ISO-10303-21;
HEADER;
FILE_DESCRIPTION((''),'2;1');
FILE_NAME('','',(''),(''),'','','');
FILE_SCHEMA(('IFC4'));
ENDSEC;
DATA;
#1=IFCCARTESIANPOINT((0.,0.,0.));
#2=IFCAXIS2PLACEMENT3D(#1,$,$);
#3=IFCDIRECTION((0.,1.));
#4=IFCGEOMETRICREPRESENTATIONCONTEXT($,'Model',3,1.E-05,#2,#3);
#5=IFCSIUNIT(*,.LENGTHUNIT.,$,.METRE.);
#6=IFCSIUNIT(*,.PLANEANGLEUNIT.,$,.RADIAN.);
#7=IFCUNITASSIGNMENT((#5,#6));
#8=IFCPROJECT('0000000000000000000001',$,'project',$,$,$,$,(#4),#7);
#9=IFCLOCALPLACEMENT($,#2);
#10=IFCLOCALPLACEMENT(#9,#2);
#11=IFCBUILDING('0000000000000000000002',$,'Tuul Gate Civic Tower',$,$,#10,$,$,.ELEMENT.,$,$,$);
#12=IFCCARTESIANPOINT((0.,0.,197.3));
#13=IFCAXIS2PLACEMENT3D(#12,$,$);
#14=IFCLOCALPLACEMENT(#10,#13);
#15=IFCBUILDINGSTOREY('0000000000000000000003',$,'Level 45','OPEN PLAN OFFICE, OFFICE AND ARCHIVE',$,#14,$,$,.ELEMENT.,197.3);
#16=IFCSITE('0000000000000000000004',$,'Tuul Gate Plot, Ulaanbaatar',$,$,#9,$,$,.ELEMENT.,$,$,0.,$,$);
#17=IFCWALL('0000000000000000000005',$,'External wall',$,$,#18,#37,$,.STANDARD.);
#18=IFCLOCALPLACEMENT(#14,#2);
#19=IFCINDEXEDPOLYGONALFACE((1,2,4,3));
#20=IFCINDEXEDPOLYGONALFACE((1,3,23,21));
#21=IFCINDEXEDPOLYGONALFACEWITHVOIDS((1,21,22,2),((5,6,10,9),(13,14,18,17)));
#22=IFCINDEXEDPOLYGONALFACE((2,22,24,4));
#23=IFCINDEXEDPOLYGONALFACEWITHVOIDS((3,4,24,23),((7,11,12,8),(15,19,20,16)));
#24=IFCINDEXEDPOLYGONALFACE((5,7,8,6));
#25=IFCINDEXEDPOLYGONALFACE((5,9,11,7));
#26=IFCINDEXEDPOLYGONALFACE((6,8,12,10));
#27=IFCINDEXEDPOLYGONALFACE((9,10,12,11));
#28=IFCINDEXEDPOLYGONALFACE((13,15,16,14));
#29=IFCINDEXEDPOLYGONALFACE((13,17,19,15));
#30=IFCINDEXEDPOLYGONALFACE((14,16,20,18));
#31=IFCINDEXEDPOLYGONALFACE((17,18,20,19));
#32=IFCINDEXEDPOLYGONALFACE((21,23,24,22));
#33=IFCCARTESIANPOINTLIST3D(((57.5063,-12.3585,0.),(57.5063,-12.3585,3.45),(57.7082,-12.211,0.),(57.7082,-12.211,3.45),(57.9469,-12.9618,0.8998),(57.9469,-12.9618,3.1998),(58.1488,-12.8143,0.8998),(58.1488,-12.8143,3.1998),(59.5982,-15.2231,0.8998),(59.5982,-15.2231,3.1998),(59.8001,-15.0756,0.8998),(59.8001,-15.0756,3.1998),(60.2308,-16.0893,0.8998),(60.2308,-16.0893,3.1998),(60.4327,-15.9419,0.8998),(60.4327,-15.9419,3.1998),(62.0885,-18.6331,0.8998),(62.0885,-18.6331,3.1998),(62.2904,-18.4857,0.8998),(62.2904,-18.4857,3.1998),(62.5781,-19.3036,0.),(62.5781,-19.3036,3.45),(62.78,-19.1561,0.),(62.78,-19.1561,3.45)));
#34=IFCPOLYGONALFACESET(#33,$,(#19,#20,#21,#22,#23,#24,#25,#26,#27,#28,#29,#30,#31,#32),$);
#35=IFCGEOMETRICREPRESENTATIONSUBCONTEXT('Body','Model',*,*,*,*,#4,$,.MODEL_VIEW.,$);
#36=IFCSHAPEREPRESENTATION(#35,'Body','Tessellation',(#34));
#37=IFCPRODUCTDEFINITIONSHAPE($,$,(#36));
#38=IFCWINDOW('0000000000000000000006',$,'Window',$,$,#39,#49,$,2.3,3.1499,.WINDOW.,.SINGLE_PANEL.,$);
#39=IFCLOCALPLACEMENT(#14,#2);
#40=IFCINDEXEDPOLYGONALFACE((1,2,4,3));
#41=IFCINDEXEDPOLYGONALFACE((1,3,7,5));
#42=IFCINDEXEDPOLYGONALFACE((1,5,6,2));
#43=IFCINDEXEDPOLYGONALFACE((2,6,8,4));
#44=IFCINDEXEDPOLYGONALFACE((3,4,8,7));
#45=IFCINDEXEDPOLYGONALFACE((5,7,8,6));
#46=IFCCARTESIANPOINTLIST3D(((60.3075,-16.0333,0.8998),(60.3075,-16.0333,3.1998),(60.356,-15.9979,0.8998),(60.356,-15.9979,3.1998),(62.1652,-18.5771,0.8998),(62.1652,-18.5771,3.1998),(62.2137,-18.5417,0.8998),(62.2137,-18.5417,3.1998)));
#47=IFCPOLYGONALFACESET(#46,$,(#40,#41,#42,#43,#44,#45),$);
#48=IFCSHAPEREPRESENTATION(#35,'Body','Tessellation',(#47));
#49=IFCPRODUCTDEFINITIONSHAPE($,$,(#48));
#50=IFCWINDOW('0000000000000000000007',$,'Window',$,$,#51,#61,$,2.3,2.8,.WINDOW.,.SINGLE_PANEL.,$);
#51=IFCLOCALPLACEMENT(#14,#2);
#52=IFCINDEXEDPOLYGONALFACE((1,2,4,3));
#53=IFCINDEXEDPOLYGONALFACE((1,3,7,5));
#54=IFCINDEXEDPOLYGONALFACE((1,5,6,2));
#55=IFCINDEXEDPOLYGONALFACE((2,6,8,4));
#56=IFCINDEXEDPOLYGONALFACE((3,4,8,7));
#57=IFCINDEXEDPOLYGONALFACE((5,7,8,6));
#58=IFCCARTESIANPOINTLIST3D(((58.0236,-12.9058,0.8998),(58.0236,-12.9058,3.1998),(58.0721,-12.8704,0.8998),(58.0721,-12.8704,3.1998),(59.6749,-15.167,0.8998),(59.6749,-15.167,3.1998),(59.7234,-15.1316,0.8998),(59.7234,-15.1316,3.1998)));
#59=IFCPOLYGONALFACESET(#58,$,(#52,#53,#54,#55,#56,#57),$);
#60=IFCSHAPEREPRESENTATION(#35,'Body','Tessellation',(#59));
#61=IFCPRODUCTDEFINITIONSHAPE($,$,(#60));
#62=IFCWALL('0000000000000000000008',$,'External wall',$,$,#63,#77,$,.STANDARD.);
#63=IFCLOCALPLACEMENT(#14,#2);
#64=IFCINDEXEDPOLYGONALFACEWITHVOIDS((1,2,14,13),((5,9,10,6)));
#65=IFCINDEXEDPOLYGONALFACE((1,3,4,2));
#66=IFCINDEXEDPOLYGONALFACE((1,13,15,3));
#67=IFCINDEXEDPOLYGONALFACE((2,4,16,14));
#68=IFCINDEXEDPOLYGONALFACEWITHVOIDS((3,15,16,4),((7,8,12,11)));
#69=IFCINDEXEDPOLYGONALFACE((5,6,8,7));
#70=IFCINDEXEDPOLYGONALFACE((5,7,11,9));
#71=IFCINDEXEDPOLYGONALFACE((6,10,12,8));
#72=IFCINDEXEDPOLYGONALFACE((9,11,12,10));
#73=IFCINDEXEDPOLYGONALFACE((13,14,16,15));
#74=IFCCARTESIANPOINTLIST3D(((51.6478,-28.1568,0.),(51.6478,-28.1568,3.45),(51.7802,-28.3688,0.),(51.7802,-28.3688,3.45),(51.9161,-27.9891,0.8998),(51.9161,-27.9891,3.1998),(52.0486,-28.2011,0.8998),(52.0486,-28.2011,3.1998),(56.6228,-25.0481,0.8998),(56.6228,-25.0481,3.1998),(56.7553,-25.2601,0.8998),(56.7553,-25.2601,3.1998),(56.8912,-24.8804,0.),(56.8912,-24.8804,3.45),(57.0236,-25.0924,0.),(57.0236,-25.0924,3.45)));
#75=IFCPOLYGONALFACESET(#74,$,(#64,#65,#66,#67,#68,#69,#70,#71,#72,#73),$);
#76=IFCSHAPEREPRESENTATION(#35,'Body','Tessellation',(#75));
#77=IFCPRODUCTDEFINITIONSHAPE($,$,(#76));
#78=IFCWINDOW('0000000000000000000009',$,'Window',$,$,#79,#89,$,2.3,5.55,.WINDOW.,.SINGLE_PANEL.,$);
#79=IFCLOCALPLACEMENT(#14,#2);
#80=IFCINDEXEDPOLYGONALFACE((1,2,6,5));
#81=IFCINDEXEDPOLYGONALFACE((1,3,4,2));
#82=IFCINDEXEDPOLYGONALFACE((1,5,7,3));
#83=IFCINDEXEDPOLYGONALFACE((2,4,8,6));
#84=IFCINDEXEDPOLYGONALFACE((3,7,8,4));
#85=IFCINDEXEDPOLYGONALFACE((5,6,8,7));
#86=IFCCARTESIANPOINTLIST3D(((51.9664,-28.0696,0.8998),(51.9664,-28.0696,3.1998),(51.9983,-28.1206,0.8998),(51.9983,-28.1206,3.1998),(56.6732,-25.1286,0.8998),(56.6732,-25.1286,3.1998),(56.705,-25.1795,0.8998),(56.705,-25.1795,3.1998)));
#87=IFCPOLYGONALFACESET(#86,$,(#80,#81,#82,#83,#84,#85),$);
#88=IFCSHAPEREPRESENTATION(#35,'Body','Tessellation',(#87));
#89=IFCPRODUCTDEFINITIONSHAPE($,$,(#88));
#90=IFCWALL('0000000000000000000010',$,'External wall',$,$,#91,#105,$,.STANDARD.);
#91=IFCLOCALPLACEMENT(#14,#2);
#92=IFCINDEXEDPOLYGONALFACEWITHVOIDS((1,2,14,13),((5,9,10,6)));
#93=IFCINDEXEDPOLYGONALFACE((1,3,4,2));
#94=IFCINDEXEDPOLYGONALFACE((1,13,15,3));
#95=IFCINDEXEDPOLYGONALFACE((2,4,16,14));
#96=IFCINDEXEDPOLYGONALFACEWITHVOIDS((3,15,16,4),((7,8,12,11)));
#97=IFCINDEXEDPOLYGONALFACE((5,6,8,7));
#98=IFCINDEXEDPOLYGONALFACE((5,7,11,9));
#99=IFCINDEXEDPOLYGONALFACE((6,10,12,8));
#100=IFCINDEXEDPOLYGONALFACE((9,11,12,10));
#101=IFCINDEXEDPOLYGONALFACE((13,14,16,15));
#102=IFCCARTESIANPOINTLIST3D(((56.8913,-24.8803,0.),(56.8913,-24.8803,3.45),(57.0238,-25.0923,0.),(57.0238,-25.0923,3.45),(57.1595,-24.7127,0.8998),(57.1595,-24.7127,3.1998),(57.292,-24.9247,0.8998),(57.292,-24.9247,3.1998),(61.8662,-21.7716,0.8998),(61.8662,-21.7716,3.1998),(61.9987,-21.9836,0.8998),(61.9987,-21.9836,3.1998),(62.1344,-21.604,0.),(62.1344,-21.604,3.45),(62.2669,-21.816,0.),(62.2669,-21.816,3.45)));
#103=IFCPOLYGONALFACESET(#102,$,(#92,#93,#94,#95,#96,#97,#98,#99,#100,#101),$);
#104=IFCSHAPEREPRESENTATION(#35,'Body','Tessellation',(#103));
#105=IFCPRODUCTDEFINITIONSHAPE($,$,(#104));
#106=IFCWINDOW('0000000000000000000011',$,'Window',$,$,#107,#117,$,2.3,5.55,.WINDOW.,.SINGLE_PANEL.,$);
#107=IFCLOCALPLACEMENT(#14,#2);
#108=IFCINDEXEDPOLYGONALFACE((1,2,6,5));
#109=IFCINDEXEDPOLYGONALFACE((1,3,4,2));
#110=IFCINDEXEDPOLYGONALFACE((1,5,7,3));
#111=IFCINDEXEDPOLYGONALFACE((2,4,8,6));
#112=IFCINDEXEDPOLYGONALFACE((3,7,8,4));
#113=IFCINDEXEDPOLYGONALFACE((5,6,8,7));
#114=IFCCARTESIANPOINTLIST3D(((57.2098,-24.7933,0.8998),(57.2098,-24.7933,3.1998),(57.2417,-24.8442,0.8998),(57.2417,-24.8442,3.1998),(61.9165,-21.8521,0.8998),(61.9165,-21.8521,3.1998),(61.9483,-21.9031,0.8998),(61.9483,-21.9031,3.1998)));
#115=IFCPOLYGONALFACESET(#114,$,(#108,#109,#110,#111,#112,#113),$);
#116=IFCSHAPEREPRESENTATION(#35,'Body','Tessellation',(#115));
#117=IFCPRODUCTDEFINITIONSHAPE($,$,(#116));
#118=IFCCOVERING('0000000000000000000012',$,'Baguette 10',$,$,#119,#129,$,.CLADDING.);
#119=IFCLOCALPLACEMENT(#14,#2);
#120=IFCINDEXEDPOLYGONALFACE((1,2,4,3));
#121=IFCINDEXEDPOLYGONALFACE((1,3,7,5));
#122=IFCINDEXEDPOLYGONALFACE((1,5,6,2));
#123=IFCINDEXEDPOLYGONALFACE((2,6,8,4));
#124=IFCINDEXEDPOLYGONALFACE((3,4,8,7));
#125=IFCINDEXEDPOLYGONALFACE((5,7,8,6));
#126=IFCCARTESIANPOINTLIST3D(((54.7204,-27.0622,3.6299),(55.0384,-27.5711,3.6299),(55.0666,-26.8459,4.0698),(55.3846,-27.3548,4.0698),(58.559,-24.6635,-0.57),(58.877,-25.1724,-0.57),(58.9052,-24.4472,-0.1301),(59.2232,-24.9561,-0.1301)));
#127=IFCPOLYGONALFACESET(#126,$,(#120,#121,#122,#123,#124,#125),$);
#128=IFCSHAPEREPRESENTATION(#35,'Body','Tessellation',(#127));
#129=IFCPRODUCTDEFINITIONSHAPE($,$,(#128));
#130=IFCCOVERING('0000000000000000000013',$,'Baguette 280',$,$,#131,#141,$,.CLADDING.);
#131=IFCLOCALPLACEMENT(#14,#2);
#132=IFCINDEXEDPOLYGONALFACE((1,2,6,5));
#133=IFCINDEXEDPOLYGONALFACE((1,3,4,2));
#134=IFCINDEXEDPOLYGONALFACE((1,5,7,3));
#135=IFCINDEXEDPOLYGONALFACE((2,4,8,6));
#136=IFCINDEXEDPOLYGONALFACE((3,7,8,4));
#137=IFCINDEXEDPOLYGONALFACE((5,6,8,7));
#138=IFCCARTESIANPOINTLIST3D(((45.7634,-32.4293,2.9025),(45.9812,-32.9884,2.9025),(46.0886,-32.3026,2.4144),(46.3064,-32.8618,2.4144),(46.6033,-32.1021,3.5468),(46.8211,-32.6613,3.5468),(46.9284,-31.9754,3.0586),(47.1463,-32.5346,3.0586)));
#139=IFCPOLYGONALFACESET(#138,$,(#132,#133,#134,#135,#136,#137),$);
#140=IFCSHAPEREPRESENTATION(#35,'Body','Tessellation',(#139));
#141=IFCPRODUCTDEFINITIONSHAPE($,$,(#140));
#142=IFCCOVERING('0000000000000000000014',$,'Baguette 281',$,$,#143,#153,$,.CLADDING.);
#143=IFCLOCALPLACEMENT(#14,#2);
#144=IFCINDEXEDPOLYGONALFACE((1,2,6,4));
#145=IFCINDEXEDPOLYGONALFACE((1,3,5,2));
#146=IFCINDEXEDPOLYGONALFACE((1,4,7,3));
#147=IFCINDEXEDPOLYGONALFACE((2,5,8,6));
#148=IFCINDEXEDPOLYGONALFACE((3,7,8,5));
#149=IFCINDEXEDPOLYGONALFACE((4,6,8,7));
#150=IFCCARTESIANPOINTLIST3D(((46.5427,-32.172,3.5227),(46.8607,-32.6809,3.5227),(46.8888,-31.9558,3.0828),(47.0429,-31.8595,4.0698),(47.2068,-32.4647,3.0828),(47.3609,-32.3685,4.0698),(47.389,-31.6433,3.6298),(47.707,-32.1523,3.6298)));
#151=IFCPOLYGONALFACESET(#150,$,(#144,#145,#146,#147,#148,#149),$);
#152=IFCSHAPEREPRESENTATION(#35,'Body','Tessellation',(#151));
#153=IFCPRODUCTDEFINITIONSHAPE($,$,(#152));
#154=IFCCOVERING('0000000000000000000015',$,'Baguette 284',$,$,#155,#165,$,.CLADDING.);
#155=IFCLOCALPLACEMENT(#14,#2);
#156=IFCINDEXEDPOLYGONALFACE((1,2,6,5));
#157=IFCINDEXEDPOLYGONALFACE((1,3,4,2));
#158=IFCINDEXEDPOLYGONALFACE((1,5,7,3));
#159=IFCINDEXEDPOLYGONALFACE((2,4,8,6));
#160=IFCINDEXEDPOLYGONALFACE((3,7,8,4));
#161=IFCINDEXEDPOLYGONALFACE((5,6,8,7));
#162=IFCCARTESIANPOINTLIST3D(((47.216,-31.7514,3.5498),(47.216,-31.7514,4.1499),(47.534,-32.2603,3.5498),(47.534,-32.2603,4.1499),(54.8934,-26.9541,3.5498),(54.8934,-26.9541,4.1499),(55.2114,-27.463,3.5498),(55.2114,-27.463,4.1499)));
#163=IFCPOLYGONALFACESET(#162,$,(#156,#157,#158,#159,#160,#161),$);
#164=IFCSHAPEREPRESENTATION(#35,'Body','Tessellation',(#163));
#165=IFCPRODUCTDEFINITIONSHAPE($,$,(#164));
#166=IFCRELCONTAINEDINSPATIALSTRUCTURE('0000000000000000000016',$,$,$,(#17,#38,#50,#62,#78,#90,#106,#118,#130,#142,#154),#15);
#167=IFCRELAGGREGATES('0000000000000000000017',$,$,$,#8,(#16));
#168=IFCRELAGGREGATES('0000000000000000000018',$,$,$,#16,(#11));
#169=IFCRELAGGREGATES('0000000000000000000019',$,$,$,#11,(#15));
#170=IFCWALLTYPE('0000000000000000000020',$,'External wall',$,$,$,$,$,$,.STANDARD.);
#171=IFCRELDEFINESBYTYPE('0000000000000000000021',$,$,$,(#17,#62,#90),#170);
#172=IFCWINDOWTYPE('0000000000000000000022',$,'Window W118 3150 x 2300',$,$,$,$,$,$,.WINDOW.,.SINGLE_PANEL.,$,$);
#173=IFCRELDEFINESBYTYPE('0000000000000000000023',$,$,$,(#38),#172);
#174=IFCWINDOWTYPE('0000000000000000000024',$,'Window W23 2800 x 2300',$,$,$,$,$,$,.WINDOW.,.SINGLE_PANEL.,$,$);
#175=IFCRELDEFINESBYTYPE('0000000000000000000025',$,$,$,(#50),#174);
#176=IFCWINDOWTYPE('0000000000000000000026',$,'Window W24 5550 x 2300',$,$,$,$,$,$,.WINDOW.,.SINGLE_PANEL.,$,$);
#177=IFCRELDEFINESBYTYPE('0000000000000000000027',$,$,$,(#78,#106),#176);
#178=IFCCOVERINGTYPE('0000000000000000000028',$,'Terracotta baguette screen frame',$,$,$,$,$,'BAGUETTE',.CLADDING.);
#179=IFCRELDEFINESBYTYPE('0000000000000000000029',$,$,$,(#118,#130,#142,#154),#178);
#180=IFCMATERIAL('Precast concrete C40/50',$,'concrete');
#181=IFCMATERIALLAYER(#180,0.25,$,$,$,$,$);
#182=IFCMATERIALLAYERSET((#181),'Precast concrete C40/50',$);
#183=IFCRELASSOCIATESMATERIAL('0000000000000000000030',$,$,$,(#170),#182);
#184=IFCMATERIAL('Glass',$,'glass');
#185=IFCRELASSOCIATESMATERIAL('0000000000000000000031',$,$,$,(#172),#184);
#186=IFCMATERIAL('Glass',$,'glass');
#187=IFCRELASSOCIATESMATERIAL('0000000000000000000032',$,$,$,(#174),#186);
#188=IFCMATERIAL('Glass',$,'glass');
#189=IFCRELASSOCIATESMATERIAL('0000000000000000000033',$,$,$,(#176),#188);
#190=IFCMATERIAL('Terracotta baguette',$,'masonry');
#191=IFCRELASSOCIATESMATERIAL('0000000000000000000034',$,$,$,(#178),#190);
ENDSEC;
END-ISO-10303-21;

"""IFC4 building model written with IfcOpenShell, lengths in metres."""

from ifc_helpers import new_model, si_unit, direction, frame, frame_2d, origin, origin_2d, place, context, subcontext, project, spatial, rectangle, extrude, material, layer, layer_set, material_profile, profile_set, type_object, element, fill, save


model = new_model("IFC4")

# Units and contexts
model_context = context("Model", 3, precision=1e-05, world=origin(), true_north=direction((0.0, 1.0)))
body_context = subcontext(model_context, "Body", "Model", "MODEL_VIEW")
ifc_project = project(units=[si_unit("LENGTHUNIT", "METRE"), si_unit("PLANEANGLEUNIT", "RADIAN")], contexts=[model_context])

# Site, building, storey
site_placement = place(None, origin())
site = spatial("IfcSite", under=ifc_project, at=site_placement, Name="Tuul Gate Plot, Ulaanbaatar", CompositionType="ELEMENT", RefElevation=0.0)
building_placement = place(site_placement, origin())
building = spatial("IfcBuilding", under=site, at=building_placement, Name="Tuul Gate Civic Tower", CompositionType="ELEMENT")
storey_placement = place(building_placement, frame((0.0, 0.0, 197.3)))
storey = spatial("IfcBuildingStorey", under=building, at=storey_placement, Name="Level 45", Description="OPEN PLAN OFFICE, OFFICE AND ARCHIVE", CompositionType="ELEMENT", Elevation=197.3)

# Shared definitions
ifc_material_1 = material(Name="Precast concrete C40/50", Category="concrete")
ifc_layer = layer(ifc_material_1, 0.25)
ifc_layer_set = layer_set([ifc_layer], Name="Precast concrete C40/50")
wall_type = type_object("IfcWallType", Name="External wall", PredefinedType="STANDARD", material=ifc_layer_set)

# Wall, openings, windows
wall_1_placement = place(storey_placement, frame((62.679, -19.2297, 0.0), z_axis=(0.0, 0.0, 1.0), x_axis=(-0.589754, 0.807583, 0.0)))
wall_1 = element("IfcWall", 1, at=wall_1_placement, inside=storey, type_object=wall_type, Name="External wall", PredefinedType="STANDARD", context=body_context, shape_type="SweptSolid", body=[
    extrude(rectangle(XDim=8.5999, YDim=0.25, at=frame_2d((4.2998, 0.0))), origin(), (0.0, 0.0, 1.0), 3.45),
])
opening_1_placement = place(wall_1_placement, frame((0.8301, 0.0, 0.8999)))
opening_1 = element("IfcOpeningElement", 2, at=opening_1_placement, cuts=wall_1, PredefinedType="OPENING", context=body_context, shape_type="SweptSolid", body=[
    extrude(rectangle(XDim=3.1499, YDim=2.3, at=frame_2d((1.575, 1.1499))), frame((0.0, 0.135, 0.0), z_axis=(0.0, -1.0, 0.0), x_axis=(1.0, 0.0, 0.0)), (0.0, 0.0, 1.0), 0.27),
])
opening_2_placement = place(wall_1_placement, frame((5.0527, 0.0, 0.8999)))
opening_2 = element("IfcOpeningElement", 3, at=opening_2_placement, cuts=wall_1, PredefinedType="OPENING", context=body_context, shape_type="SweptSolid", body=[
    extrude(rectangle(XDim=2.8, YDim=2.3, at=frame_2d((1.3999, 1.1499))), frame((0.0, 0.135, 0.0), z_axis=(0.0, -1.0, 0.0), x_axis=(1.0, 0.0, 0.0)), (0.0, 0.0, 1.0), 0.27),
])
ifc_material_2 = material(Name="Glass", Category="glass")
window_type_1 = type_object("IfcWindowType", Name="Window W118 3150 x 2300", PartitioningType="SINGLE_PANEL", PredefinedType="WINDOW", material=ifc_material_2)
window_1_placement = place(opening_1_placement, origin())
window_1 = element("IfcWindow", 4, at=window_1_placement, inside=storey, type_object=window_type_1, Name="Window", OverallHeight=2.3, OverallWidth=3.1499, PartitioningType="SINGLE_PANEL", PredefinedType="WINDOW", context=body_context, shape_type="SweptSolid", body=[
    extrude(rectangle(XDim=3.1499, YDim=2.3, at=frame_2d((1.575, 1.1499))), frame((0.0, 0.03, 0.0), z_axis=(0.0, -1.0, 0.0), x_axis=(1.0, 0.0, 0.0)), (0.0, 0.0, 1.0), 0.0601),
])
fill(opening_1, window_1)
ifc_material_3 = material(Name="Glass", Category="glass")
window_type_2 = type_object("IfcWindowType", Name="Window W23 2800 x 2300", PartitioningType="SINGLE_PANEL", PredefinedType="WINDOW", material=ifc_material_3)
window_2_placement = place(opening_2_placement, origin())
window_2 = element("IfcWindow", 5, at=window_2_placement, inside=storey, type_object=window_type_2, Name="Window", OverallHeight=2.3, OverallWidth=2.8, PartitioningType="SINGLE_PANEL", PredefinedType="WINDOW", context=body_context, shape_type="SweptSolid", body=[
    extrude(rectangle(XDim=2.8, YDim=2.3, at=frame_2d((1.3999, 1.1499))), frame((0.0, 0.03, 0.0), z_axis=(0.0, -1.0, 0.0), x_axis=(1.0, 0.0, 0.0)), (0.0, 0.0, 1.0), 0.0601),
])
fill(opening_2, window_2)

# Walls, openings, windows
wall_2_placement = place(storey_placement, frame((51.7141, -28.2627, 0.0), z_axis=(0.0, 0.0, 1.0), x_axis=(0.848054, 0.52991, 0.0)))
wall_2 = element("IfcWall", 6, at=wall_2_placement, inside=storey, type_object=wall_type, Name="External wall", PredefinedType="STANDARD", context=body_context, shape_type="SweptSolid", body=[
    extrude(rectangle(XDim=6.1829, YDim=0.25, at=frame_2d((3.0913, 0.0))), origin(), (0.0, 0.0, 1.0), 3.45),
])
opening_3_placement = place(wall_2_placement, frame((0.3164, 0.0, 0.8999)))
opening_3 = element("IfcOpeningElement", 7, at=opening_3_placement, cuts=wall_2, PredefinedType="OPENING", context=body_context, shape_type="SweptSolid", body=[
    extrude(rectangle(XDim=5.55, YDim=2.3, at=frame_2d((2.7749, 1.1499))), frame((0.0, 0.135, 0.0), z_axis=(0.0, -1.0, 0.0), x_axis=(1.0, 0.0, 0.0)), (0.0, 0.0, 1.0), 0.27),
])
ifc_material_4 = material(Name="Glass", Category="glass")
window_type_3 = type_object("IfcWindowType", Name="Window W24 5550 x 2300", PartitioningType="SINGLE_PANEL", PredefinedType="WINDOW", material=ifc_material_4)
window_3_placement = place(opening_3_placement, origin())
window_3 = element("IfcWindow", 8, at=window_3_placement, inside=storey, type_object=window_type_3, Name="Window", OverallHeight=2.3, OverallWidth=5.55, PartitioningType="SINGLE_PANEL", PredefinedType="WINDOW", context=body_context, shape_type="SweptSolid", body=[
    extrude(rectangle(XDim=5.55, YDim=2.3, at=frame_2d((2.7749, 1.1499))), frame((0.0, 0.03, 0.0), z_axis=(0.0, -1.0, 0.0), x_axis=(1.0, 0.0, 0.0)), (0.0, 0.0, 1.0), 0.0601),
])
fill(opening_3, window_3)
wall_3_placement = place(storey_placement, frame((56.9575, -24.9863, 0.0), z_axis=(0.0, 0.0, 1.0), x_axis=(0.848043, 0.529928, 0.0)))
wall_3 = element("IfcWall", 9, at=wall_3_placement, inside=storey, type_object=wall_type, Name="External wall", PredefinedType="STANDARD", context=body_context, shape_type="SweptSolid", body=[
    extrude(rectangle(XDim=6.1826, YDim=0.25, at=frame_2d((3.0913, 0.0))), origin(), (0.0, 0.0, 1.0), 3.45),
])
opening_4_placement = place(wall_3_placement, frame((0.3164, 0.0, 0.8999)))
opening_4 = element("IfcOpeningElement", 10, at=opening_4_placement, cuts=wall_3, PredefinedType="OPENING", context=body_context, shape_type="SweptSolid", body=[
    extrude(rectangle(XDim=5.55, YDim=2.3, at=frame_2d((2.7749, 1.1499))), frame((0.0, 0.135, 0.0), z_axis=(0.0, -1.0, 0.0), x_axis=(1.0, 0.0, 0.0)), (0.0, 0.0, 1.0), 0.27),
])
window_4_placement = place(opening_4_placement, origin())
window_4 = element("IfcWindow", 11, at=window_4_placement, inside=storey, type_object=window_type_3, Name="Window", OverallHeight=2.3, OverallWidth=5.55, PartitioningType="SINGLE_PANEL", PredefinedType="WINDOW", context=body_context, shape_type="SweptSolid", body=[
    extrude(rectangle(XDim=5.55, YDim=2.3, at=frame_2d((2.7749, 1.1499))), frame((0.0, 0.03, 0.0), z_axis=(0.0, -1.0, 0.0), x_axis=(1.0, 0.0, 0.0)), (0.0, 0.0, 1.0), 0.0601),
])
fill(opening_4, window_4)

# Coverings
ifc_material_5 = material(Name="Terracotta baguette", Category="masonry")
ifc_material_profile_1 = material_profile(ifc_material_5, rectangle(XDim=0.6001, YDim=0.6001, at=origin_2d()), Name="Terracotta baguette screen frame")
ifc_profile_set_1 = profile_set([ifc_material_profile_1], Name="Terracotta baguette")
covering_type = type_object("IfcCoveringType", Name="Terracotta baguette screen frame", ElementType="BAGUETTE", PredefinedType="CLADDING", material=ifc_profile_set_1)
covering_1_placement = place(storey_placement, frame((58.8911, -24.8098, -0.3501), z_axis=(-0.621658, -0.388462, 0.680175), x_axis=(0.529926, -0.848044, 0.0)))
element("IfcCovering", 12, at=covering_1_placement, inside=storey, type_object=covering_type, Name="Baguette 10", PredefinedType="CLADDING", context=body_context, shape_type="SweptSolid", body=[
    extrude(rectangle(XDim=0.6001, YDim=0.6001, at=origin_2d()), origin(), (0.0, 0.0, 1.0), 6.1748),
])
covering_2_placement = place(storey_placement, frame((46.0349, -32.6455, 2.6584), z_axis=(0.758042, 0.295284, 0.581533), x_axis=(-0.362969, 0.931801, 0.0)))
element("IfcCovering", 13, at=covering_2_placement, inside=storey, type_object=covering_type, Name="Baguette 280", PredefinedType="CLADDING", context=body_context, shape_type="SweptSolid", body=[
    extrude(rectangle(XDim=0.6001, YDim=0.6001, at=origin_2d()), origin(), (0.0, 0.0, 1.0), 1.1079),
])
covering_3_placement = place(storey_placement, frame((46.8748, -32.3184, 3.3027), z_axis=(0.621798, 0.388434, 0.680063), x_axis=(-0.529813, 0.848115, 0.0)))
element("IfcCovering", 14, at=covering_3_placement, inside=storey, type_object=covering_type, Name="Baguette 281", PredefinedType="CLADDING", context=body_context, shape_type="SweptSolid", body=[
    extrude(rectangle(XDim=0.6001, YDim=0.6001, at=origin_2d()), origin(), (0.0, 0.0, 1.0), 0.8044),
])
covering_4_placement = place(storey_placement, frame((47.375, -32.0059, 3.8499), z_axis=(0.848051, 0.529914, 0.0), x_axis=(-0.529914, 0.848051, 0.0)))
element("IfcCovering", 15, at=covering_4_placement, inside=storey, type_object=covering_type, Name="Baguette 284", PredefinedType="CLADDING", context=body_context, shape_type="SweptSolid", body=[
    extrude(rectangle(XDim=0.6001, YDim=0.6001, at=origin_2d()), origin(), (0.0, 0.0, 1.0), 9.053),
])

save(model, "model.ifc")
